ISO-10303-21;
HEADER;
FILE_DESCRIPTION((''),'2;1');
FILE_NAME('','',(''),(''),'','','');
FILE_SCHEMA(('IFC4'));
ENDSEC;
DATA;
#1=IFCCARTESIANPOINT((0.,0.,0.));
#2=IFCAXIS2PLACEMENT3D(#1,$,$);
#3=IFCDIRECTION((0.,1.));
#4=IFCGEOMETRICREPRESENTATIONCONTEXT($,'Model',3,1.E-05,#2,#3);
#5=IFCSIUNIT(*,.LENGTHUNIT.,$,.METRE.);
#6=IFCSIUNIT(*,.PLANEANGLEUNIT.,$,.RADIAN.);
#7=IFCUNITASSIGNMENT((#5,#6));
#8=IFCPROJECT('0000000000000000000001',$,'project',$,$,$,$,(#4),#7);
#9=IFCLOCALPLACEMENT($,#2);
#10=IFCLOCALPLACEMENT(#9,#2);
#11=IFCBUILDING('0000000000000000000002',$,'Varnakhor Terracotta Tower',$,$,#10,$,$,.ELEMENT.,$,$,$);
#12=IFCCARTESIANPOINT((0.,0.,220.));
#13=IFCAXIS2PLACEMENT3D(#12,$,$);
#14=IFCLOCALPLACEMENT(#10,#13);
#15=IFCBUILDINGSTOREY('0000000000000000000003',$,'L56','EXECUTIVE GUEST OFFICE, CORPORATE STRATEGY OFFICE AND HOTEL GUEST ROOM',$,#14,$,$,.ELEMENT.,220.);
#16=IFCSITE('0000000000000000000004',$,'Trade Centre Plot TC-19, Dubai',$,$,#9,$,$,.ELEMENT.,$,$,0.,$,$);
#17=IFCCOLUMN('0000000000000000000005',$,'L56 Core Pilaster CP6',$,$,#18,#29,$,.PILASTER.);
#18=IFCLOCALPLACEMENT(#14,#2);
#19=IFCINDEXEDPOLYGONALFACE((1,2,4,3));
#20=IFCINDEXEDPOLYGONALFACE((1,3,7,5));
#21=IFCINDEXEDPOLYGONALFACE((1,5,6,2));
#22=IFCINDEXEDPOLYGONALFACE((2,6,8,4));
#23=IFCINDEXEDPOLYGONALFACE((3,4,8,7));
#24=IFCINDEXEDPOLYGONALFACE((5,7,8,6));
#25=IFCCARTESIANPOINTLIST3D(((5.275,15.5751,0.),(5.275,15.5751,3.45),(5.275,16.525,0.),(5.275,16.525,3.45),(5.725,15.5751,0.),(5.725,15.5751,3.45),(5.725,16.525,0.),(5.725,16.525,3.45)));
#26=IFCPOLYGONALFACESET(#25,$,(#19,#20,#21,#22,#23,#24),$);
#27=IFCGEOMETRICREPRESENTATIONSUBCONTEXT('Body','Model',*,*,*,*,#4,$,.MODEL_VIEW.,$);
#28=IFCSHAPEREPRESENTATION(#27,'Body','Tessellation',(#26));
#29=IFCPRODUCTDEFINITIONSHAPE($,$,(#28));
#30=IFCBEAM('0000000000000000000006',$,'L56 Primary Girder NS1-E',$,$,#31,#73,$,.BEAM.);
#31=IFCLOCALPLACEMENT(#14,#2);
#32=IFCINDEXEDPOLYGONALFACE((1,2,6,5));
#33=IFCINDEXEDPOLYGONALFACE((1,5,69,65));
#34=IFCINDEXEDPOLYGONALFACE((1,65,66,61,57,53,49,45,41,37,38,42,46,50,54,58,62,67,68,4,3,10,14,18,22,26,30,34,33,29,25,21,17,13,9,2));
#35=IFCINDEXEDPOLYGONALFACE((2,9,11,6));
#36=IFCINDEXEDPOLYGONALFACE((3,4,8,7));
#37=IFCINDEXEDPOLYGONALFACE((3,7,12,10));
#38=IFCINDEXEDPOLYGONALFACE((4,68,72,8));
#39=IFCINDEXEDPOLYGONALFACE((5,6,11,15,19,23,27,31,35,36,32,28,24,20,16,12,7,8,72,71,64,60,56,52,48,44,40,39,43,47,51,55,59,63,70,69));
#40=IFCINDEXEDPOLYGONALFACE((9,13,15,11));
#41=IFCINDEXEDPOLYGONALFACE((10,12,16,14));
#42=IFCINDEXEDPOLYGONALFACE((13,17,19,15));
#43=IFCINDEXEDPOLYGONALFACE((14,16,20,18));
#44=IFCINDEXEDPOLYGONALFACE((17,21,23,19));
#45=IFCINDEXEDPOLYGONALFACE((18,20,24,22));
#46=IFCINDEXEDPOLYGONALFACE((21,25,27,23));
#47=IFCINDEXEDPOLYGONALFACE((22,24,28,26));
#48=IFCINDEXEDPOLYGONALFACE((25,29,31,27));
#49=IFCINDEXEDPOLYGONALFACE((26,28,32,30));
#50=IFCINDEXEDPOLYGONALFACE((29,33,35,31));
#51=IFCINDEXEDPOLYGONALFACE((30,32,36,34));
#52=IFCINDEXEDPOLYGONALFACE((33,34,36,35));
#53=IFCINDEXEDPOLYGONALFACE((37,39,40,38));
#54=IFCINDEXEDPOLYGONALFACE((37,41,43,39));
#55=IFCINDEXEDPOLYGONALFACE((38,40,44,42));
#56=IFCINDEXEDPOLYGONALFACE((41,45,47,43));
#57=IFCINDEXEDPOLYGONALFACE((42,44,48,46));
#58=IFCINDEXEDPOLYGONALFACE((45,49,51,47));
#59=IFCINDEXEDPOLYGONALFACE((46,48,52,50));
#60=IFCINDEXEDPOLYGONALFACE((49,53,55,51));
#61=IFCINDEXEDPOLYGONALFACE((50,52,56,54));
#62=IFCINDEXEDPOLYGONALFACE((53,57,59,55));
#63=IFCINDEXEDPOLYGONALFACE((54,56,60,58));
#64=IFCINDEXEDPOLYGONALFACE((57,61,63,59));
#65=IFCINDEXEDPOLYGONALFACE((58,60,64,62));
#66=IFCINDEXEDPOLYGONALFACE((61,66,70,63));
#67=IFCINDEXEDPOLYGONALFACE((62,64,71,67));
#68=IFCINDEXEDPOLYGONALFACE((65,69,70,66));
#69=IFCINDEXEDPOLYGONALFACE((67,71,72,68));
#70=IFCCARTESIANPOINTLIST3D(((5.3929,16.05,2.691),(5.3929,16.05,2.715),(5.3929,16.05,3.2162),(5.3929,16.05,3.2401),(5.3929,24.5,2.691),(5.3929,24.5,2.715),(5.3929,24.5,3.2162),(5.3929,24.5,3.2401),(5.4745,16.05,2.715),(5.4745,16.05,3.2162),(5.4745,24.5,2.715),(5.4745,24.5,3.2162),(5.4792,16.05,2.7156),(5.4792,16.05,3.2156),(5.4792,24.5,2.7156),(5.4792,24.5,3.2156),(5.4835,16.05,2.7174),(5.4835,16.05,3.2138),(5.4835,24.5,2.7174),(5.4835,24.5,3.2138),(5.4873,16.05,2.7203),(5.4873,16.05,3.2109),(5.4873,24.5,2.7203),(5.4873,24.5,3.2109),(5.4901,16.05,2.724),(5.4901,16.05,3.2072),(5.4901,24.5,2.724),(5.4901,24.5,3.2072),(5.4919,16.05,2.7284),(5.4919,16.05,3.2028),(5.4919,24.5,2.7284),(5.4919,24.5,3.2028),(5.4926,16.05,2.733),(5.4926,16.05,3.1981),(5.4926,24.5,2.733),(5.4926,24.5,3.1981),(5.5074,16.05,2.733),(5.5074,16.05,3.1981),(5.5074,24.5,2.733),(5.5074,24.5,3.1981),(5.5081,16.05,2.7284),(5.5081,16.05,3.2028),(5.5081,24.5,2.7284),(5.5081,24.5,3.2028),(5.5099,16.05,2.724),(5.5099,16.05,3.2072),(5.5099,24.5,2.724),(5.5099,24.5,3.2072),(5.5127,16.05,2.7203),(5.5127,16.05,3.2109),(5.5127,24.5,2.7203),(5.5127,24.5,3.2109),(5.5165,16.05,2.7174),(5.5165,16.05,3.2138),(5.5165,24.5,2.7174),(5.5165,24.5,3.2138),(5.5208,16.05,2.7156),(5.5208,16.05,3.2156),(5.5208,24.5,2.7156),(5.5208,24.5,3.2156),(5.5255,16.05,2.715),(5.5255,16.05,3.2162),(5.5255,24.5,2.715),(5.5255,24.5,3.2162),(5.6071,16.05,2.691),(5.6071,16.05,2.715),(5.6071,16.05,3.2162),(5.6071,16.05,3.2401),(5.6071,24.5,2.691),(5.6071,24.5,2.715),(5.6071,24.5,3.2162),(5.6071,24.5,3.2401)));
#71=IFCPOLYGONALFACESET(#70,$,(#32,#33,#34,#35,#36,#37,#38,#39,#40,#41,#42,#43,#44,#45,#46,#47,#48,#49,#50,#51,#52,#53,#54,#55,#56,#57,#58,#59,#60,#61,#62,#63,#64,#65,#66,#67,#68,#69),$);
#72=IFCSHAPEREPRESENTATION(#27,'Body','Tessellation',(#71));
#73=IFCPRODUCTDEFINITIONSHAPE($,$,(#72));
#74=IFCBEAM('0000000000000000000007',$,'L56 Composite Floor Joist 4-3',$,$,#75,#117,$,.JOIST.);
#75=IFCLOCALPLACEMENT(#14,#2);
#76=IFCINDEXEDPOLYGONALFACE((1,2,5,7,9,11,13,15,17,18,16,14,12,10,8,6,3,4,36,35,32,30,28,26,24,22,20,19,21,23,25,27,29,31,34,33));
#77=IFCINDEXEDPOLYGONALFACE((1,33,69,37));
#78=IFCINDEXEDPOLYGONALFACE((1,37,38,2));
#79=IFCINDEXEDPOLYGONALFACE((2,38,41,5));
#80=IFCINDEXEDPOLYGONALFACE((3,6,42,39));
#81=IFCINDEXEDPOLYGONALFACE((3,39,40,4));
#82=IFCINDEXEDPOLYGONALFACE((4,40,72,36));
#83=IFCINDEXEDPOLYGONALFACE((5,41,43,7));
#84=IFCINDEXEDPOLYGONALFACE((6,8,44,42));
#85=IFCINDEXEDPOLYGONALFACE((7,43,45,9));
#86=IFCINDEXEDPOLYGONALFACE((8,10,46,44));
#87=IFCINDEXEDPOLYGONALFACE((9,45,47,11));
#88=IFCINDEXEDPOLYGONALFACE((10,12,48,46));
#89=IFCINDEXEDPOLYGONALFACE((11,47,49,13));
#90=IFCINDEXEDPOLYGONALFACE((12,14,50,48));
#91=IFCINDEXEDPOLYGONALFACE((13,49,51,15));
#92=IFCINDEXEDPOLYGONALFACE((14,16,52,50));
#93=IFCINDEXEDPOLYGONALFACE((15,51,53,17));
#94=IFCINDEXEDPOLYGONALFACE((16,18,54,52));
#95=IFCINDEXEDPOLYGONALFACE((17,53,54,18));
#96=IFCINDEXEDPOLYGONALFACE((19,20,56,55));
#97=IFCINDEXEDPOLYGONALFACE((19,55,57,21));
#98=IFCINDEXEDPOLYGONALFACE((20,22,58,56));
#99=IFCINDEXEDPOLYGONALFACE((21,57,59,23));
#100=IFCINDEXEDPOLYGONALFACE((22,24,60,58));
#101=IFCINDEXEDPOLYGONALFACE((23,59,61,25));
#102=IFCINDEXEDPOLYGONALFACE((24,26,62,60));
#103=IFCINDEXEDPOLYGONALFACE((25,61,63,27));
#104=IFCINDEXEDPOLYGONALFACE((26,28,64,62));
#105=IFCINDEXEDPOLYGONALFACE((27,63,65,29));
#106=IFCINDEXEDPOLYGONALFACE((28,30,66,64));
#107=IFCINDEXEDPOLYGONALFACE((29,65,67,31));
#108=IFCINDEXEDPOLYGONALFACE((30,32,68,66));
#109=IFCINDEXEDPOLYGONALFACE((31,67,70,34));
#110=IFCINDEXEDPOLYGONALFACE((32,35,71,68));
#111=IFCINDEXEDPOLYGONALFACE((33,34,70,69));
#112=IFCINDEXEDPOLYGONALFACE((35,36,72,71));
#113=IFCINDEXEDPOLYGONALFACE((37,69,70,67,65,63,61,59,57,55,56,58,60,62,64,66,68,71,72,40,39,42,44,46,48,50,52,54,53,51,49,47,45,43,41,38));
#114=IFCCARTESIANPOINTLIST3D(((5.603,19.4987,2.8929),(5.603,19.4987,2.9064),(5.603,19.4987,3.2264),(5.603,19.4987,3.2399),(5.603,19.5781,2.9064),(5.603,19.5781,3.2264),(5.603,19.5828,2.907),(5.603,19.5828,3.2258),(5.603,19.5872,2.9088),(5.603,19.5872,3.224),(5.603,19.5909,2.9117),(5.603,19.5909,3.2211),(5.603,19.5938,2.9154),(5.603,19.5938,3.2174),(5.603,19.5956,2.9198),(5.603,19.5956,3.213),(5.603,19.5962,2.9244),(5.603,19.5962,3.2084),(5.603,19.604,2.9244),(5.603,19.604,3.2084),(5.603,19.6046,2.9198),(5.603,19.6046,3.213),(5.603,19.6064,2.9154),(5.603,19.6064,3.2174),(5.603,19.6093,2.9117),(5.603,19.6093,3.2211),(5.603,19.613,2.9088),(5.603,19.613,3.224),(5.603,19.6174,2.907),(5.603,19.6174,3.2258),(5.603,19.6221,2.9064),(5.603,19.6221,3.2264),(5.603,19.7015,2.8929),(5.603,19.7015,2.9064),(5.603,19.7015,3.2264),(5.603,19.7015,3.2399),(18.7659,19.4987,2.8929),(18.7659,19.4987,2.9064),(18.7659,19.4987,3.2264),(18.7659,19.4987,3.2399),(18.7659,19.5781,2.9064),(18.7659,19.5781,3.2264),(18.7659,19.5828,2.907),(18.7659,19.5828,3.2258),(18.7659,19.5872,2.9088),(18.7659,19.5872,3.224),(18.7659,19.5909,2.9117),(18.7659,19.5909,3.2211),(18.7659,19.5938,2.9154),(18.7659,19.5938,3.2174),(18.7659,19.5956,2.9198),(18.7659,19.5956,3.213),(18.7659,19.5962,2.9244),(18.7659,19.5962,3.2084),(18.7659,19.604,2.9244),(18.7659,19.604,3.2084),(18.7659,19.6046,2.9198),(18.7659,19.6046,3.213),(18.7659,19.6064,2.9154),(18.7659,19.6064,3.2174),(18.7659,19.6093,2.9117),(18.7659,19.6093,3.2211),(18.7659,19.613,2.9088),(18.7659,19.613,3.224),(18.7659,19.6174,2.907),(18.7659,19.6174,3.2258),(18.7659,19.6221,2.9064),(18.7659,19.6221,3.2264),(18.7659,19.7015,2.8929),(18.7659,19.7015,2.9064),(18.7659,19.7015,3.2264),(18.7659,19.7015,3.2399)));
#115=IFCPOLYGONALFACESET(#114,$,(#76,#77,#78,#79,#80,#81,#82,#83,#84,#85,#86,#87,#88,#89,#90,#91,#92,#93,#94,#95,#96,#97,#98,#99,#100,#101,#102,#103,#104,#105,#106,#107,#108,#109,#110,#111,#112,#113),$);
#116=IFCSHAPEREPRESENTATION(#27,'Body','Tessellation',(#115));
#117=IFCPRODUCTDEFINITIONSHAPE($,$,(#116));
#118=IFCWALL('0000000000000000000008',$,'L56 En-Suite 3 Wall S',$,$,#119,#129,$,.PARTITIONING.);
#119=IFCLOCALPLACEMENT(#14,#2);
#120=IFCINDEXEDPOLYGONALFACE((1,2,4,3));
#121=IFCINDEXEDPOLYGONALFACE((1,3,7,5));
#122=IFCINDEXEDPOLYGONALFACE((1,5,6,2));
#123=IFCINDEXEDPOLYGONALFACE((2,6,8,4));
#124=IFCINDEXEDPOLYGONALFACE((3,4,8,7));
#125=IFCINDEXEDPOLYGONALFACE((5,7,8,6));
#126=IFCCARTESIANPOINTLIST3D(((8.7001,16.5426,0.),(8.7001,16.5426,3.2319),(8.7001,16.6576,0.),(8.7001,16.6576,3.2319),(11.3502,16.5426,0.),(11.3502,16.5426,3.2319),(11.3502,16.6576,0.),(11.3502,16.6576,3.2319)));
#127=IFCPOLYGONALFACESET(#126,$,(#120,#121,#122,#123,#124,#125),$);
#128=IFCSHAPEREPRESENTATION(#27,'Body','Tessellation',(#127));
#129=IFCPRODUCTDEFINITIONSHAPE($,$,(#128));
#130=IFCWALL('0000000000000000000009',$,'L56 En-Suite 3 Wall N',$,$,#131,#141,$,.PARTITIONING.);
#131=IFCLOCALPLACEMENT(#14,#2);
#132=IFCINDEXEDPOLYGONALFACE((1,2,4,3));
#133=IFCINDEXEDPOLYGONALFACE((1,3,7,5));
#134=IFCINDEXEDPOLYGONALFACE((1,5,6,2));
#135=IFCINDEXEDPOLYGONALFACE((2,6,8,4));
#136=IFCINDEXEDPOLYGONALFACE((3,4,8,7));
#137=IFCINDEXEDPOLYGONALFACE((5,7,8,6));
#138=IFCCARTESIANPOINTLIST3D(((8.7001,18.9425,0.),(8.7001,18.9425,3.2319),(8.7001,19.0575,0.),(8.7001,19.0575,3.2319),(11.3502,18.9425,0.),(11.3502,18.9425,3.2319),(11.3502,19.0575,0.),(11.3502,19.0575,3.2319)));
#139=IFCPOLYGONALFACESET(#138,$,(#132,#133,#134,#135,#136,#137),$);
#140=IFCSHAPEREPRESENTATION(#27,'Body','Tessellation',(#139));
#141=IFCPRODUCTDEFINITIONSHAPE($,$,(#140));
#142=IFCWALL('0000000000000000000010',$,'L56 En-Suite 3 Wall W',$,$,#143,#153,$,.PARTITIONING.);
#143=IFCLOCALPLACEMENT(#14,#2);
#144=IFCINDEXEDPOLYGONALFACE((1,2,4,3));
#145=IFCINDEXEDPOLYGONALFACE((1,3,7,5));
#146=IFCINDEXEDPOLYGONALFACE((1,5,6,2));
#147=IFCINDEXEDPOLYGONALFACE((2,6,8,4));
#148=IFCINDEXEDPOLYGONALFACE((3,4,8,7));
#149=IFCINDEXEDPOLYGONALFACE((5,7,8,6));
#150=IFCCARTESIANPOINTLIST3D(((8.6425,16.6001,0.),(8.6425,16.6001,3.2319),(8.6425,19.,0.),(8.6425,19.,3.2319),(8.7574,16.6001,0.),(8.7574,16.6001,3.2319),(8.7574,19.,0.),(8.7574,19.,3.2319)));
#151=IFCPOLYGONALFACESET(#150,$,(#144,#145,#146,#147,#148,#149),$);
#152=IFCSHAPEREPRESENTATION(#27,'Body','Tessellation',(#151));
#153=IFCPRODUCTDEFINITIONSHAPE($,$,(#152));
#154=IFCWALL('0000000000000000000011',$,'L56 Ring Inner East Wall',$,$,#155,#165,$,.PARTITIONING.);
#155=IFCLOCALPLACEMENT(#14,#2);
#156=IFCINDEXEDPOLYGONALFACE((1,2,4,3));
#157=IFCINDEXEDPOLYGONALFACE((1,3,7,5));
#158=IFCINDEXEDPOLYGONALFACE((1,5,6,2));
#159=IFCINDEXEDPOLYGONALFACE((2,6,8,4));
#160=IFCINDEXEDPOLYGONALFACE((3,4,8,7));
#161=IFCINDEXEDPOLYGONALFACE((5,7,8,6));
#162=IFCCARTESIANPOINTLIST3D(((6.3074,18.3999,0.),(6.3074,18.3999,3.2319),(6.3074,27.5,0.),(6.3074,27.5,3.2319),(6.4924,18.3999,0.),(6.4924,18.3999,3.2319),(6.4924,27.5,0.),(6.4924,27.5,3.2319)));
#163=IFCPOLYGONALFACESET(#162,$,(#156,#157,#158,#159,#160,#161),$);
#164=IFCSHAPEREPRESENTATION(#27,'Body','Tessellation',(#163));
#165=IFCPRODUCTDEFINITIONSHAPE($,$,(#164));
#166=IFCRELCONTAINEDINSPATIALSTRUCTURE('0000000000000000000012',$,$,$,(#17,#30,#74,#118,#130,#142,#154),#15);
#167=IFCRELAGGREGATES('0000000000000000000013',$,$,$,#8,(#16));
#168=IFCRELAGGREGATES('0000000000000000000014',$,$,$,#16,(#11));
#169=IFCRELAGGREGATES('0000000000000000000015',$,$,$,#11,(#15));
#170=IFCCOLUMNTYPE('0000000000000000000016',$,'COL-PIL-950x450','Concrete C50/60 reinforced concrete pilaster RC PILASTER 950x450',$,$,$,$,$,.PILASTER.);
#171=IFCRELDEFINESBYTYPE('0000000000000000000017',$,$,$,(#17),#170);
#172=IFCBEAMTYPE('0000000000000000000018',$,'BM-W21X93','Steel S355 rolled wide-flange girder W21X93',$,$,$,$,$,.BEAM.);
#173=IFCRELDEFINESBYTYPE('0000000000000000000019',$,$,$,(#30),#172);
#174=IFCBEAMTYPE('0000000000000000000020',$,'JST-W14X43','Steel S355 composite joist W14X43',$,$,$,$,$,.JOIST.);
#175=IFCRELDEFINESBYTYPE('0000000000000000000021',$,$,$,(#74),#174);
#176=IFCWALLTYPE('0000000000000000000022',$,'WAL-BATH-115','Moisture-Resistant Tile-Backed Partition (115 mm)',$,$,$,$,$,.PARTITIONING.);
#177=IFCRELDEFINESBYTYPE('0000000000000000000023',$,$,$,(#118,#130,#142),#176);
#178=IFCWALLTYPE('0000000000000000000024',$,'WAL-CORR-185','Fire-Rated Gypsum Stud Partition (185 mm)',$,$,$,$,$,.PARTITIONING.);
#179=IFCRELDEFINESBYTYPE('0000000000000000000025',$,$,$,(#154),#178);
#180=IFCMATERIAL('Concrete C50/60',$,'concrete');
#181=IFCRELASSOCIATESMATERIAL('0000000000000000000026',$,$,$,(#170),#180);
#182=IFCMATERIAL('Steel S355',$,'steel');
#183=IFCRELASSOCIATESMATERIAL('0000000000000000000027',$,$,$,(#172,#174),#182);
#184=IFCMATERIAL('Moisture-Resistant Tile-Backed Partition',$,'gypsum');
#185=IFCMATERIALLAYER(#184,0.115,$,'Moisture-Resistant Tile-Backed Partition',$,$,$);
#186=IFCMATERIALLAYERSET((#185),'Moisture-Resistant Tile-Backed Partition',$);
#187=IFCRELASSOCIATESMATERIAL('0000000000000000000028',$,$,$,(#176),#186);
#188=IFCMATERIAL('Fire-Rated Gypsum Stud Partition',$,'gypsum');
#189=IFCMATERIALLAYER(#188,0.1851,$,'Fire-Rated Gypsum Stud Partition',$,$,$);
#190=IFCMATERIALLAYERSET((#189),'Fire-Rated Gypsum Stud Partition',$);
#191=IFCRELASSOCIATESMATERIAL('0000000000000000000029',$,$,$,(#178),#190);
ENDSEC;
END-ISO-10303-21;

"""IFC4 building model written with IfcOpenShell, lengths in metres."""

from ifc_helpers import new_model, si_unit, direction, frame, frame_2d, origin, origin_2d, place, context, subcontext, project, spatial, rectangle, i_section, extrude, source, transform, mapped, material, layer, layer_set, material_profile, profile_set, type_object, type_shapes, element, save


model = new_model("IFC4")

# Units and contexts
model_context = context("Model", 3, precision=1e-05, world=origin(), true_north=direction((0.0, 1.0)))
body_context = subcontext(model_context, "Body", "Model", "MODEL_VIEW")
ifc_project = project(units=[si_unit("LENGTHUNIT", "METRE"), si_unit("PLANEANGLEUNIT", "RADIAN")], contexts=[model_context])

# Site, building, storey
site_placement = place(None, origin())
site = spatial("IfcSite", under=ifc_project, at=site_placement, Name="Trade Centre Plot TC-19, Dubai", CompositionType="ELEMENT", RefElevation=0.0)
building_placement = place(site_placement, origin())
building = spatial("IfcBuilding", under=site, at=building_placement, Name="Varnakhor Terracotta Tower", CompositionType="ELEMENT")
storey_placement = place(building_placement, frame((0.0, 0.0, 220.0)))
storey = spatial("IfcBuildingStorey", under=building, at=storey_placement, Name="L56", Description="EXECUTIVE GUEST OFFICE, CORPORATE STRATEGY OFFICE AND HOTEL GUEST ROOM", CompositionType="ELEMENT", Elevation=220.0)

# Column
ifc_material_1 = material(Name="Concrete C50/60", Category="concrete")
ifc_material_profile_1 = material_profile(ifc_material_1, rectangle(XDim=0.45, YDim=0.95, at=origin_2d()), Name="RC PILASTER 950x450")
ifc_profile_set_1 = profile_set([ifc_material_profile_1], Name="Concrete C50/60")
column_type = type_object("IfcColumnType", Name="COL-PIL-950x450", Description="Concrete C50/60 reinforced concrete pilaster RC PILASTER 950x450", PredefinedType="PILASTER", material=ifc_profile_set_1)
shared_shape_1 = source(origin(), body_context, "Body", "SweptSolid", [
    extrude(rectangle(XDim=0.45, YDim=0.95, at=origin_2d()), origin(), (0.0, 0.0, 1.0), 3.45),
])
column_placement = place(storey_placement, frame((5.5, 16.05, 0.0), z_axis=(0.0, 0.0, 1.0), x_axis=(1.0, 0.0, 0.0)))
element("IfcColumn", 1, at=column_placement, inside=storey, type_object=column_type, Name="L56 Core Pilaster CP6", PredefinedType="PILASTER", context=body_context, shape_type="MappedRepresentation", body=[
    mapped(shared_shape_1, transform((0.0, 0.0, 0.0), scale=1.0)),
])

# Beams
ifc_material_2 = material(Name="Steel S355", Category="steel")
ifc_material_profile_2 = material_profile(ifc_material_2, i_section(OverallWidth=0.2141, OverallDepth=0.5491, WebThickness=0.0149, FlangeThickness=0.0239, FilletRadius=0.0181, at=origin_2d()), Name="W21X93")
ifc_profile_set_2 = profile_set([ifc_material_profile_2], Name="Steel S355")
beam_type_1 = type_object("IfcBeamType", Name="BM-W21X93", Description="Steel S355 rolled wide-flange girder W21X93", PredefinedType="BEAM", material=ifc_profile_set_2)
shared_shape_2 = source(origin(), body_context, "Body", "SweptSolid", [
    extrude(i_section(OverallWidth=0.2141, OverallDepth=0.5491, WebThickness=0.0149, FlangeThickness=0.0239, FilletRadius=0.0181, at=origin_2d()), origin(), (0.0, 0.0, 1.0), 8.45),
])
type_shapes(beam_type_1, [shared_shape_2])
beam_1_placement = place(storey_placement, frame((5.5, 16.05, 2.9656), z_axis=(0.0, 1.0, 0.0), x_axis=(-1.0, 0.0, 0.0)))
element("IfcBeam", 2, at=beam_1_placement, inside=storey, type_object=beam_type_1, Name="L56 Primary Girder NS1-E", PredefinedType="BEAM", context=body_context, shape_type="MappedRepresentation", body=[
    mapped(shared_shape_2, transform((0.0, 0.0, 0.0), scale=1.0)),
])
ifc_material_profile_3 = material_profile(ifc_material_2, i_section(OverallWidth=0.2029, OverallDepth=0.3469, WebThickness=0.0078, FlangeThickness=0.0134, FilletRadius=0.0181, at=origin_2d()), Name="W14X43")
ifc_profile_set_3 = profile_set([ifc_material_profile_3], Name="Steel S355")
beam_type_2 = type_object("IfcBeamType", Name="JST-W14X43", Description="Steel S355 composite joist W14X43", PredefinedType="JOIST", material=ifc_profile_set_3)
shared_shape_3 = source(origin(), body_context, "Body", "SweptSolid", [
    extrude(i_section(OverallWidth=0.2029, OverallDepth=0.3469, WebThickness=0.0078, FlangeThickness=0.0134, FilletRadius=0.0181, at=origin_2d()), origin(), (0.0, 0.0, 1.0), 13.1628),
])
beam_2_placement = place(storey_placement, frame((5.603, 19.6001, 3.0664), z_axis=(1.0, 0.0, 0.0), x_axis=(0.0, 1.0, 0.0)))
element("IfcBeam", 3, at=beam_2_placement, inside=storey, type_object=beam_type_2, Name="L56 Composite Floor Joist 4-3", PredefinedType="JOIST", context=body_context, shape_type="MappedRepresentation", body=[
    mapped(shared_shape_3, transform((0.0, 0.0, 0.0), scale=1.0)),
])

# Walls
ifc_material_3 = material(Name="Moisture-Resistant Tile-Backed Partition", Category="gypsum")
ifc_layer_1 = layer(ifc_material_3, 0.115, Name="Moisture-Resistant Tile-Backed Partition")
ifc_layer_set_1 = layer_set([ifc_layer_1], Name="Moisture-Resistant Tile-Backed Partition")
wall_type_1 = type_object("IfcWallType", Name="WAL-BATH-115", Description="Moisture-Resistant Tile-Backed Partition (115 mm)", PredefinedType="PARTITIONING", material=ifc_layer_set_1)
for number, where, z_axis, x_axis, name in (
    (4, (8.7, 16.6001, 0.0), (0.0, 0.0, 1.0), (1.0, 0.0, 0.0), "L56 En-Suite 3 Wall S"),
    (5, (8.7, 19.0, 0.0), (0.0, 0.0, 1.0), (1.0, 0.0, 0.0), "L56 En-Suite 3 Wall N"),
):
    element("IfcWall", number, at=place(storey_placement, frame(where, z_axis=z_axis, x_axis=x_axis)), inside=storey, type_object=wall_type_1, Name=name, PredefinedType="PARTITIONING", context=body_context, shape_type="SweptSolid", body=[
        extrude(rectangle(XDim=2.6501, YDim=0.115, at=frame_2d((1.3252, 0.0))), origin(), (0.0, 0.0, 1.0), 3.2319),
    ])
wall_1_placement = place(storey_placement, frame((8.7, 16.6001, 0.0), z_axis=(0.0, 0.0, 1.0), x_axis=(0.0, 1.0, 0.0)))
element("IfcWall", 6, at=wall_1_placement, inside=storey, type_object=wall_type_1, Name="L56 En-Suite 3 Wall W", PredefinedType="PARTITIONING", context=body_context, shape_type="SweptSolid", body=[
    extrude(rectangle(XDim=2.3999, YDim=0.115, at=frame_2d((1.2, 0.0))), origin(), (0.0, 0.0, 1.0), 3.2319),
])
ifc_material_4 = material(Name="Fire-Rated Gypsum Stud Partition", Category="gypsum")
ifc_layer_2 = layer(ifc_material_4, 0.1851, Name="Fire-Rated Gypsum Stud Partition")
ifc_layer_set_2 = layer_set([ifc_layer_2], Name="Fire-Rated Gypsum Stud Partition")
wall_type_2 = type_object("IfcWallType", Name="WAL-CORR-185", Description="Fire-Rated Gypsum Stud Partition (185 mm)", PredefinedType="PARTITIONING", material=ifc_layer_set_2)
wall_2_placement = place(storey_placement, frame((6.3999, 18.3999, 0.0), z_axis=(0.0, 0.0, 1.0), x_axis=(0.0, 1.0, 0.0)))
element("IfcWall", 7, at=wall_2_placement, inside=storey, type_object=wall_type_2, Name="L56 Ring Inner East Wall", PredefinedType="PARTITIONING", context=body_context, shape_type="SweptSolid", body=[
    extrude(rectangle(XDim=9.1001, YDim=0.1851, at=frame_2d((4.55, 0.0))), origin(), (0.0, 0.0, 1.0), 3.2319),
])

save(model, "model.ifc")
